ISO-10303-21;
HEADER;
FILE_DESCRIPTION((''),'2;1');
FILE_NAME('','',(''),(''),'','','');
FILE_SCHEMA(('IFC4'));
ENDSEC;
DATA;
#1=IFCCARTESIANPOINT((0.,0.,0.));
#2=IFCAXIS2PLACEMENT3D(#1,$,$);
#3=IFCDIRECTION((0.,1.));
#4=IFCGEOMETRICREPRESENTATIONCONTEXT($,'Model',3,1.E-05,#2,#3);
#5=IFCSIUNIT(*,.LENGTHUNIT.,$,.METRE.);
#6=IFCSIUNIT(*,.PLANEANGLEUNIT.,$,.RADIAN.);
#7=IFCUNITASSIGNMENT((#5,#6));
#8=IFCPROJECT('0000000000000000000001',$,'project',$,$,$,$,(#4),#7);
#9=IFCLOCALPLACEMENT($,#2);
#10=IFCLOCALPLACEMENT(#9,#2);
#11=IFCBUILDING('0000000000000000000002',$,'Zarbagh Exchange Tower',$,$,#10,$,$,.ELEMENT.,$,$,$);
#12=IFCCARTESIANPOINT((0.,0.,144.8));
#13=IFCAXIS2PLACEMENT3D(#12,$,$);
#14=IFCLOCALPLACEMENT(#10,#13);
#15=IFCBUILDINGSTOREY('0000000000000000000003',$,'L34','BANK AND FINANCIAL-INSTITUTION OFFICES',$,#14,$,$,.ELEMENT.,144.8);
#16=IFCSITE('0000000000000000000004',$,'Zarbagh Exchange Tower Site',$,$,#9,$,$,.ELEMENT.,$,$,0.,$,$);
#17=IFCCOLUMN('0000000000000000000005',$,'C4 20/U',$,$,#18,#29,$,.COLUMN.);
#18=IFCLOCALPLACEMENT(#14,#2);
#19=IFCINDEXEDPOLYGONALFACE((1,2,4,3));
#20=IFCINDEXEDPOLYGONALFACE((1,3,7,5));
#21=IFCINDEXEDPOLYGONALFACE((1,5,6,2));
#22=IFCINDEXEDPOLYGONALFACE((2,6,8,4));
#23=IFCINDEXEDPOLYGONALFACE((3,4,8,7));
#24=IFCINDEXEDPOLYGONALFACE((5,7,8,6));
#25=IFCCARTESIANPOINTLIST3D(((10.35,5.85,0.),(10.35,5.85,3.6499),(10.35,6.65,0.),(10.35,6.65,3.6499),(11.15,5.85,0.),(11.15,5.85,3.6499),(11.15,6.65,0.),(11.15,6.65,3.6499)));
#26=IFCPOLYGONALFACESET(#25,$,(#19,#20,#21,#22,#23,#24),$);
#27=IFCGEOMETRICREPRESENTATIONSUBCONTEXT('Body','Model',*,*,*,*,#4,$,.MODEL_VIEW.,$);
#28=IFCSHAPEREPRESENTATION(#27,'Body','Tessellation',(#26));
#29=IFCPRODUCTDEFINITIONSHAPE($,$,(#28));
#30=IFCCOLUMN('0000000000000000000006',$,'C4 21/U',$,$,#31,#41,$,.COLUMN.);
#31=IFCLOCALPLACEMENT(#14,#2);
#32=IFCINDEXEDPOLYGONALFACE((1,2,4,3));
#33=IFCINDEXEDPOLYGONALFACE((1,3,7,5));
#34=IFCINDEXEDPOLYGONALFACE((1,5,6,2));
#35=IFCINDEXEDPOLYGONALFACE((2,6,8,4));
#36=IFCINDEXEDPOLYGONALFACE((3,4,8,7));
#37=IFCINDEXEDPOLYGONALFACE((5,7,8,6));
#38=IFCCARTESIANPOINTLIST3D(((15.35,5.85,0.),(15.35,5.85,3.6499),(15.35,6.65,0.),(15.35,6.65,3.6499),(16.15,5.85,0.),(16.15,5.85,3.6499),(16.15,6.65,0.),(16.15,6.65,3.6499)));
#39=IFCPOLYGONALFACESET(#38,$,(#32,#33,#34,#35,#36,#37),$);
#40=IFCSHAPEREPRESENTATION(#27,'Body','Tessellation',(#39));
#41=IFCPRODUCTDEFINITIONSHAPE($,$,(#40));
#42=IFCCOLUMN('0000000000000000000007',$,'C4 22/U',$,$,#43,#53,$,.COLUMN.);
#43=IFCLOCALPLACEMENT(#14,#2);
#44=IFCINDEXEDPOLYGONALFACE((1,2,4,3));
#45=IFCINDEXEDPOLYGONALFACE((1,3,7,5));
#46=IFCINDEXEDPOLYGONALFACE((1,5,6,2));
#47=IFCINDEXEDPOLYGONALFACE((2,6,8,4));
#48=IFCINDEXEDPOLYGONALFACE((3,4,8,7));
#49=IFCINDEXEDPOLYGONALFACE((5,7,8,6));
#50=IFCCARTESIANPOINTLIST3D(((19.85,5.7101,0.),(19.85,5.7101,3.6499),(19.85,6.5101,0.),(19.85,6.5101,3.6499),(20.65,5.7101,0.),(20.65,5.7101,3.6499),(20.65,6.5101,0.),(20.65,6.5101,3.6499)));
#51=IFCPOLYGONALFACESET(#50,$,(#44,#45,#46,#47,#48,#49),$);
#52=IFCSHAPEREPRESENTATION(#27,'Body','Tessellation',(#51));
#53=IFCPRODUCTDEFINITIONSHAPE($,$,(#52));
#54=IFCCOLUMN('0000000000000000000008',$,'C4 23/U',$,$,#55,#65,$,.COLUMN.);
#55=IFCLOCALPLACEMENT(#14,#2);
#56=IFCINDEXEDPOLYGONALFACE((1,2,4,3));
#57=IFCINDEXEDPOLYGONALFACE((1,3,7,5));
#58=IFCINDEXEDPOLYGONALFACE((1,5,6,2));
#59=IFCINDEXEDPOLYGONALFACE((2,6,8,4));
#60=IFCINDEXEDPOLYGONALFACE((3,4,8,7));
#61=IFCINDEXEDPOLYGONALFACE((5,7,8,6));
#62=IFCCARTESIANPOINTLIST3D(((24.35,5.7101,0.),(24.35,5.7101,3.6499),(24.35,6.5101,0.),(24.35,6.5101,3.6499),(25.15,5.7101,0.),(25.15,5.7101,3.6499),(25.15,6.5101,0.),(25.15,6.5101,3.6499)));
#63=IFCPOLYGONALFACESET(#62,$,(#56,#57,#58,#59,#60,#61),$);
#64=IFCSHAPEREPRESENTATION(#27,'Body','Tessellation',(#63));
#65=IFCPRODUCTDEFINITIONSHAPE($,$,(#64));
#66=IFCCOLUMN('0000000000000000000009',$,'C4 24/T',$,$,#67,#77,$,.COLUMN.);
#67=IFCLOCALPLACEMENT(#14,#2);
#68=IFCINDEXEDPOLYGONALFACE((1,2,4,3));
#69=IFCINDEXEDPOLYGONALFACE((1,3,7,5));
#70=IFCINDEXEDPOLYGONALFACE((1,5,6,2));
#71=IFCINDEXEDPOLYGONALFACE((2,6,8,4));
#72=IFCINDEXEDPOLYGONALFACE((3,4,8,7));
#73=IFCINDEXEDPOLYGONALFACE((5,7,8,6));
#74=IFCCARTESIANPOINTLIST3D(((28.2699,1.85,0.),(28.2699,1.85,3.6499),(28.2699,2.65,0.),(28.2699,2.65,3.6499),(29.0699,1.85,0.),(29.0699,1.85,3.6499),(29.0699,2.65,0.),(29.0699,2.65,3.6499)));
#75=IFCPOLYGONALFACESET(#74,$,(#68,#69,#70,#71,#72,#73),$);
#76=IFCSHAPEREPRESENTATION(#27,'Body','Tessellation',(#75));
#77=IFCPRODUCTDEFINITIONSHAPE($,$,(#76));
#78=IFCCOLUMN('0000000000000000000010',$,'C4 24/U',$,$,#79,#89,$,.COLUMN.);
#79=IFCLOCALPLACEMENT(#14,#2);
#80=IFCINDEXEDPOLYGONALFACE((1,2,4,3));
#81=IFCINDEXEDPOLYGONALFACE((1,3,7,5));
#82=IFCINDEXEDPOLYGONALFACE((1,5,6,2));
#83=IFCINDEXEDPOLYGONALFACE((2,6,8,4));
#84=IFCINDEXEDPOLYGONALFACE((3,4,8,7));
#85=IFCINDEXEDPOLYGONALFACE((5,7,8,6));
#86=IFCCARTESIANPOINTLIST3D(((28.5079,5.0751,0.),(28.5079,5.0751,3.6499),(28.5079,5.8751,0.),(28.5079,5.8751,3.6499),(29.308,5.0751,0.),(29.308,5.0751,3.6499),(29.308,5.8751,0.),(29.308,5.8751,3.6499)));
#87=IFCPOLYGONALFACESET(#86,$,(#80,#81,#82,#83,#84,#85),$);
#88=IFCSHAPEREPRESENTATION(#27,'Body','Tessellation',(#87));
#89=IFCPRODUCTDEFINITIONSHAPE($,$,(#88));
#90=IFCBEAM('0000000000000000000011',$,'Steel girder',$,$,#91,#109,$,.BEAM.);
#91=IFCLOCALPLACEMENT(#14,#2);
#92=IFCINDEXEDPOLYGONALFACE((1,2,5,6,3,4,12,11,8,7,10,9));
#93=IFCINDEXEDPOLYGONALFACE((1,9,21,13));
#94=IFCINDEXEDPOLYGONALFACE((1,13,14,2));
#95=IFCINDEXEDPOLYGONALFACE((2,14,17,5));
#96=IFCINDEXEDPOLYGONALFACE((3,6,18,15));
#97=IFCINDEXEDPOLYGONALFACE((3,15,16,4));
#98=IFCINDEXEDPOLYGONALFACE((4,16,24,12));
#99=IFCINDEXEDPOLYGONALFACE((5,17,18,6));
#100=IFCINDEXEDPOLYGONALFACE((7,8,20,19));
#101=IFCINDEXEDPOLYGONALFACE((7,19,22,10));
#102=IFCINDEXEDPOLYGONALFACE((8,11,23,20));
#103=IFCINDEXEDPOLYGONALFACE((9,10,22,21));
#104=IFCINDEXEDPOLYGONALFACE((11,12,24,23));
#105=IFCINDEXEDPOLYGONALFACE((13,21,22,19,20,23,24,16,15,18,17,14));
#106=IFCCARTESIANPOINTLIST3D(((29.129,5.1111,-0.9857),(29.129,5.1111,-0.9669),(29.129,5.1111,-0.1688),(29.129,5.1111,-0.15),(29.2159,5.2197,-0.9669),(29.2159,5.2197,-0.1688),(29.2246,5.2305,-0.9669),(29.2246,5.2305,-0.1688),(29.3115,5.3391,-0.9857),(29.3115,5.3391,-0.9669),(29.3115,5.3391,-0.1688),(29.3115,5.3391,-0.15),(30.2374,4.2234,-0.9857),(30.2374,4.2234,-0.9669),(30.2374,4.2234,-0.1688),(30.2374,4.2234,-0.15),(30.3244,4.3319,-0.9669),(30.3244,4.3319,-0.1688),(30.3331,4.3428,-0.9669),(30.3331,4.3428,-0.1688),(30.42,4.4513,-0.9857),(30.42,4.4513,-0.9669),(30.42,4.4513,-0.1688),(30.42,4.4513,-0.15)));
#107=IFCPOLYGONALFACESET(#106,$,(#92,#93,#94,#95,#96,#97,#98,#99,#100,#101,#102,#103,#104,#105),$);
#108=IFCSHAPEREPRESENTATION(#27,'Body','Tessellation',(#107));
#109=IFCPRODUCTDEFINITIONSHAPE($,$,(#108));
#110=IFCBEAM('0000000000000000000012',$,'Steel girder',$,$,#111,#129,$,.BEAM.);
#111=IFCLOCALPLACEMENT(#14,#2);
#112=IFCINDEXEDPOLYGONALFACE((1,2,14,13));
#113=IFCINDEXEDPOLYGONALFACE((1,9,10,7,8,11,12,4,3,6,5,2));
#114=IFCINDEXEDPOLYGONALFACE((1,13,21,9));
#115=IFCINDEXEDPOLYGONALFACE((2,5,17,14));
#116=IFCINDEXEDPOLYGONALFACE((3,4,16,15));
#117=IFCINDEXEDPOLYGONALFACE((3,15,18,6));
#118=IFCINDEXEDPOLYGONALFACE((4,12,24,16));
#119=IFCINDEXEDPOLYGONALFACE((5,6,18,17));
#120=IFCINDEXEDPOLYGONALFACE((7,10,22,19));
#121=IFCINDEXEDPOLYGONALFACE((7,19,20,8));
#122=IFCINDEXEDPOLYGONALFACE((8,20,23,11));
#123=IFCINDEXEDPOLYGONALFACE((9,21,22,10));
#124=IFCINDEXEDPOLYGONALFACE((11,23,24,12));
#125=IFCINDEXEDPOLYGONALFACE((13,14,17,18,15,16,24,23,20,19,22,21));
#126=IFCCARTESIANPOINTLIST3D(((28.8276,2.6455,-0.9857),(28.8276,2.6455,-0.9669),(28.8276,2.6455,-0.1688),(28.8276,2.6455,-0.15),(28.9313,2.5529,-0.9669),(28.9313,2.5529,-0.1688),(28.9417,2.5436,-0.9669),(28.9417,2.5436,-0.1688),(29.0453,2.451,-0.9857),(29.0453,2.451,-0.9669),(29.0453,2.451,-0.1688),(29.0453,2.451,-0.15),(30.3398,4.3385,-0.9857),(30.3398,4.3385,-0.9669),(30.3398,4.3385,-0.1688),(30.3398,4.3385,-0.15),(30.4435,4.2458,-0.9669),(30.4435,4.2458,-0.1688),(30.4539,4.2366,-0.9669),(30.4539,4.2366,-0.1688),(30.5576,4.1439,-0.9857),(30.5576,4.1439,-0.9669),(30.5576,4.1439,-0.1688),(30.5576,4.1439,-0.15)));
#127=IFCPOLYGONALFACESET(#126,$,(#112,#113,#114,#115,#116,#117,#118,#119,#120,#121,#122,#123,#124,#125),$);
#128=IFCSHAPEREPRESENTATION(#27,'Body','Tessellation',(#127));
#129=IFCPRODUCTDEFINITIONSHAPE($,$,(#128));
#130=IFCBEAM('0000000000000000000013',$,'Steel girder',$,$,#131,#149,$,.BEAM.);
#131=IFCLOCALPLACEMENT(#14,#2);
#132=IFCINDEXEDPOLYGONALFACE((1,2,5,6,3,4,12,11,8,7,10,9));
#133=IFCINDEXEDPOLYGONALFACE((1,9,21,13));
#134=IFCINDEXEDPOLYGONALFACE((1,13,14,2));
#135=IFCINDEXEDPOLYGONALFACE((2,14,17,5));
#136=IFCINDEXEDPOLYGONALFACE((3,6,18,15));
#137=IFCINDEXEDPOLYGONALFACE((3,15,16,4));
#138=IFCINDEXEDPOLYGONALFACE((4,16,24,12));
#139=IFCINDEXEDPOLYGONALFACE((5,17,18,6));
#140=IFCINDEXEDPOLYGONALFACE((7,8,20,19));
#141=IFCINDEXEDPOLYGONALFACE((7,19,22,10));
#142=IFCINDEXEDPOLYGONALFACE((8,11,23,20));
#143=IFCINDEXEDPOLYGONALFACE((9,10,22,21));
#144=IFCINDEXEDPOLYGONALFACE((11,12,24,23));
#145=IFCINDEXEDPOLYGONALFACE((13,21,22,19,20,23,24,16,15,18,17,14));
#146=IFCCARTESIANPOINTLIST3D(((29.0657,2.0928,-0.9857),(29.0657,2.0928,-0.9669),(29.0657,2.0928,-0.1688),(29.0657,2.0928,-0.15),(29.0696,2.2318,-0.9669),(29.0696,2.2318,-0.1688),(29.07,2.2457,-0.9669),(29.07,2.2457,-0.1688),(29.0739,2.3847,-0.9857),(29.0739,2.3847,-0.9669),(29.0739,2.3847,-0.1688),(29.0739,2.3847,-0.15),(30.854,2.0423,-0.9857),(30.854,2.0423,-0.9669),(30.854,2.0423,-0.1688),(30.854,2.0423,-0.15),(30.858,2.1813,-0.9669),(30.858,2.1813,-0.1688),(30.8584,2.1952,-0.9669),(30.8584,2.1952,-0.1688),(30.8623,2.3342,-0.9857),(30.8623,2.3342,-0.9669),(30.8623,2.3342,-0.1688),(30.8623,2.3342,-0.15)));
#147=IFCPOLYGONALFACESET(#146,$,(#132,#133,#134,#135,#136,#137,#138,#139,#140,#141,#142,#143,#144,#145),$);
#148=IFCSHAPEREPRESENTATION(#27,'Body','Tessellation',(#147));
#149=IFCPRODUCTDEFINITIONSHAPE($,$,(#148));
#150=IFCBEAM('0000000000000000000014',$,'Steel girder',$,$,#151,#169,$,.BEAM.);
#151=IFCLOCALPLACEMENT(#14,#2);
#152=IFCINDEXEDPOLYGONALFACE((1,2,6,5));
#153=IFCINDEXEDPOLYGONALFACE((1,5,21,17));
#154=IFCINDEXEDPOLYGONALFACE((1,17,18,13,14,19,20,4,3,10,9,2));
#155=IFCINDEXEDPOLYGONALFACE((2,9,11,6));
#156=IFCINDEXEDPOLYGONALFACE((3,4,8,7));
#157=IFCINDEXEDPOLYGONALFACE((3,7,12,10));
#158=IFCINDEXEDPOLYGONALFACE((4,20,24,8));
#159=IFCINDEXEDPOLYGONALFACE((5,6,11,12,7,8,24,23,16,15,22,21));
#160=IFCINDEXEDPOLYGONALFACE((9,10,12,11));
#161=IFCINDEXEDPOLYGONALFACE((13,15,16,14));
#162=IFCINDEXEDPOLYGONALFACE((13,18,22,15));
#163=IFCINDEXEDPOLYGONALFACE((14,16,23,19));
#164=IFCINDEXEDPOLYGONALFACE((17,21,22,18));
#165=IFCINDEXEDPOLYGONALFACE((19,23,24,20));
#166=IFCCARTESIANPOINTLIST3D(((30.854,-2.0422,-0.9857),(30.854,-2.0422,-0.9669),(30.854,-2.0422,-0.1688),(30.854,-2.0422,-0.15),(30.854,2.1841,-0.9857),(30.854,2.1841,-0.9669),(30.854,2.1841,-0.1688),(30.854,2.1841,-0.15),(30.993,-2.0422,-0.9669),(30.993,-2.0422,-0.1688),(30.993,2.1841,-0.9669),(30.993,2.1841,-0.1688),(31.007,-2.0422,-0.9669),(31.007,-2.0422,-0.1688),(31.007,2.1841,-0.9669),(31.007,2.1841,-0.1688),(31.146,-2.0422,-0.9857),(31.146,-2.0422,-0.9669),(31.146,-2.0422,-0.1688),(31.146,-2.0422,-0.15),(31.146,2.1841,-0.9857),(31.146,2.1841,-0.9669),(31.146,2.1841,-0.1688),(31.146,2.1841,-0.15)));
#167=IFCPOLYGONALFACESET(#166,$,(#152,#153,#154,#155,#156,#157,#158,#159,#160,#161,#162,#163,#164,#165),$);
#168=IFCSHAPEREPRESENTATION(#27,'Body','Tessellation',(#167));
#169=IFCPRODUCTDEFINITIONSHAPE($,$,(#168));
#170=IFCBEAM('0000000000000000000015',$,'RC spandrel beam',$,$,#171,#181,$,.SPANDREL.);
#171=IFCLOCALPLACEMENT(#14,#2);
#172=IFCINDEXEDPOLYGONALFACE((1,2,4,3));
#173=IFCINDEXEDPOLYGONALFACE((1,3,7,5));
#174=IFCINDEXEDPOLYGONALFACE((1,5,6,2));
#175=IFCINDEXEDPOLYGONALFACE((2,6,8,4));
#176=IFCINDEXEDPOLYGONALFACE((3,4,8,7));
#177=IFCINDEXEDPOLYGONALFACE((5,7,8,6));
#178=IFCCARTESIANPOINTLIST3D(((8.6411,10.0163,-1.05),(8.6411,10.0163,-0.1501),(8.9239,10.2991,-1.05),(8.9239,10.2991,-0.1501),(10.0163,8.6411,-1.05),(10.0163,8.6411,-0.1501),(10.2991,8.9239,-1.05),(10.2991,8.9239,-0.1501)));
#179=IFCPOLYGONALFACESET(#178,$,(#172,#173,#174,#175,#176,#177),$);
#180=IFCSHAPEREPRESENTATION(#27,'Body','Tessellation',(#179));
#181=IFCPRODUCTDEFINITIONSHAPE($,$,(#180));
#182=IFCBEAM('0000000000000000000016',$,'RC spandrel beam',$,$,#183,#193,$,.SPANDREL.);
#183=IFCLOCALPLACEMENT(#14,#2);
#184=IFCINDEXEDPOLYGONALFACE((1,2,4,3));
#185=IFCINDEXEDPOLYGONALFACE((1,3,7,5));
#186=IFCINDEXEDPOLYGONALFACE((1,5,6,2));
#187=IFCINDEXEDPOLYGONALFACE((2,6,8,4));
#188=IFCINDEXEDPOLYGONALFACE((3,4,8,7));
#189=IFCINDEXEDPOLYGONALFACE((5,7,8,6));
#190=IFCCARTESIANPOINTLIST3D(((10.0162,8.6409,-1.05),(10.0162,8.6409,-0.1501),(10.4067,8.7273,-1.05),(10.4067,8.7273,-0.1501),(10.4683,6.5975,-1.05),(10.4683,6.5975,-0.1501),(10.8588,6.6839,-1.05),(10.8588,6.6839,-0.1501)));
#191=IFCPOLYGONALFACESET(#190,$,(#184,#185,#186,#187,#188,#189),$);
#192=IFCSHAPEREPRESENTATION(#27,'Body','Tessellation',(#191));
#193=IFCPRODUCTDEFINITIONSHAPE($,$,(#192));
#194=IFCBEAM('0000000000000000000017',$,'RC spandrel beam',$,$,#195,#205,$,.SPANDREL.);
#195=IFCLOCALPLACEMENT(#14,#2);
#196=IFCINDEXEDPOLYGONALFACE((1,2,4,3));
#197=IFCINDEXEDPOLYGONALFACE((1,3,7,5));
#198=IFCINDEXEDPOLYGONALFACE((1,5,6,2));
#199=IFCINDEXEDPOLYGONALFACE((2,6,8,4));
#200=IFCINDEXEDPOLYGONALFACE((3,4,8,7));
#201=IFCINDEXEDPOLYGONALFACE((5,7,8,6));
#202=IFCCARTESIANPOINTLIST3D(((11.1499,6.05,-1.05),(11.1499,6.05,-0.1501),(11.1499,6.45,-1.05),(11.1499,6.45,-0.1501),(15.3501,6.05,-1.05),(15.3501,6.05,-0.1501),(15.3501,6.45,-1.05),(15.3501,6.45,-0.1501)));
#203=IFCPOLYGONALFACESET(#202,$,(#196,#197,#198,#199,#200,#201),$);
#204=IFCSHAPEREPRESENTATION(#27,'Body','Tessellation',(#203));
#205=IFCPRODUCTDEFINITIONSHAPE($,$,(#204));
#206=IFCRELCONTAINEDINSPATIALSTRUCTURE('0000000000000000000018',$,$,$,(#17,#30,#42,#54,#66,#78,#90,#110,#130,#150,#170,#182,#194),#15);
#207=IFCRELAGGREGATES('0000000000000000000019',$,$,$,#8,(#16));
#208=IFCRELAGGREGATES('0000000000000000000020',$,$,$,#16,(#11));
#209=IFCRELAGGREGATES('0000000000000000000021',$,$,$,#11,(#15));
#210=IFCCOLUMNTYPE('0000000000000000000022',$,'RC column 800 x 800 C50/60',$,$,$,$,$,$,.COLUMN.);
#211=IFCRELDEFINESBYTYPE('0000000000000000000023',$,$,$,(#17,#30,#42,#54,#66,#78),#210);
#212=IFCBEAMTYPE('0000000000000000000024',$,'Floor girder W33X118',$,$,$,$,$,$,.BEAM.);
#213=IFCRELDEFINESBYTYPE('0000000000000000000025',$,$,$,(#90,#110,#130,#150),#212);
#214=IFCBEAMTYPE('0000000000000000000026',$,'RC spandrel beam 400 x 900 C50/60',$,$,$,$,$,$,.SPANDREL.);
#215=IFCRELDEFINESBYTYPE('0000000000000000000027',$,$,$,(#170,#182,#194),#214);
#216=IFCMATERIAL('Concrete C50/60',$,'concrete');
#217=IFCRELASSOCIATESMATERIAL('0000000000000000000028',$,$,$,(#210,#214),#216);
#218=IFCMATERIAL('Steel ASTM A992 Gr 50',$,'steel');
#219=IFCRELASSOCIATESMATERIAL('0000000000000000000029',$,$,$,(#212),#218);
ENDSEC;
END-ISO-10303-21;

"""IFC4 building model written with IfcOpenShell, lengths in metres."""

from ifc_helpers import new_model, si_unit, direction, frame, origin, origin_2d, place, context, subcontext, project, spatial, rectangle, i_section, extrude, material, material_profile, profile_set, type_object, element, save


model = new_model("IFC4")

# Units and contexts
model_context = context("Model", 3, precision=1e-05, world=origin(), true_north=direction((0.0, 1.0)))
body_context = subcontext(model_context, "Body", "Model", "MODEL_VIEW")
ifc_project = project(units=[si_unit("LENGTHUNIT", "METRE"), si_unit("PLANEANGLEUNIT", "RADIAN")], contexts=[model_context])

# Site, building, storey
site_placement = place(None, origin())
site = spatial("IfcSite", under=ifc_project, at=site_placement, Name="Zarbagh Exchange Tower Site", CompositionType="ELEMENT", RefElevation=0.0)
building_placement = place(site_placement, origin())
building = spatial("IfcBuilding", under=site, at=building_placement, Name="Zarbagh Exchange Tower", CompositionType="ELEMENT")
storey_placement = place(building_placement, frame((0.0, 0.0, 144.8)))
storey = spatial("IfcBuildingStorey", under=building, at=storey_placement, Name="L34", Description="BANK AND FINANCIAL-INSTITUTION OFFICES", CompositionType="ELEMENT", Elevation=144.8)

# Columns
ifc_material_1 = material(Name="Concrete C50/60", Category="concrete")
ifc_material_profile_1 = material_profile(ifc_material_1, rectangle(XDim=0.8, YDim=0.8, at=origin_2d()), Name="RC column 800 x 800 C50/60")
ifc_profile_set_1 = profile_set([ifc_material_profile_1], Name="Concrete C50/60")
column_type = type_object("IfcColumnType", Name="RC column 800 x 800 C50/60", PredefinedType="COLUMN", material=ifc_profile_set_1)
for number, where, z_axis, x_axis, name in (
    (1, (10.75, 6.25, 0.0), (0.0, 0.0, 1.0), (1.0, 0.0, 0.0), "C4 20/U"),
    (2, (15.75, 6.25, 0.0), (0.0, 0.0, 1.0), (1.0, 0.0, 0.0), "C4 21/U"),
    (3, (20.25, 6.1101, 0.0), (0.0, 0.0, 1.0), (1.0, 0.0, 0.0), "C4 22/U"),
    (4, (24.75, 6.1101, 0.0), (0.0, 0.0, 1.0), (1.0, 0.0, 0.0), "C4 23/U"),
    (5, (28.6699, 2.25, 0.0), (0.0, 0.0, 1.0), (1.0, 0.0, 0.0), "C4 24/T"),
    (6, (28.908, 5.4751, 0.0), (0.0, 0.0, 1.0), (1.0, 0.0, 0.0), "C4 24/U"),
):
    element("IfcColumn", number, at=place(storey_placement, frame(where, z_axis=z_axis, x_axis=x_axis)), inside=storey, type_object=column_type, Name=name, PredefinedType="COLUMN", context=body_context, shape_type="SweptSolid", body=[
        extrude(rectangle(XDim=0.8, YDim=0.8, at=origin_2d()), origin(), (0.0, 0.0, 1.0), 3.6499),
    ])

# Beams
ifc_material_2 = material(Name="Steel ASTM A992 Gr 50", Category="steel")
ifc_material_profile_2 = material_profile(ifc_material_2, i_section(OverallWidth=0.292, OverallDepth=0.8357, WebThickness=0.0139, FlangeThickness=0.0188, at=origin_2d()), Name="W33X118")
ifc_profile_set_2 = profile_set([ifc_material_profile_2], Name="Steel ASTM A992 Gr 50")
beam_type_1 = type_object("IfcBeamType", Name="Floor girder W33X118", PredefinedType="BEAM", material=ifc_profile_set_2)
beam_1_placement = place(storey_placement, frame((29.2202, 5.2251, -0.5679), z_axis=(0.780533, -0.625114, 0.0), x_axis=(0.625114, 0.780533, 0.0)))
element("IfcBeam", 7, at=beam_1_placement, inside=storey, type_object=beam_type_1, Name="Steel girder", PredefinedType="BEAM", context=body_context, shape_type="SweptSolid", body=[
    extrude(i_section(OverallWidth=0.292, OverallDepth=0.8357, WebThickness=0.0139, FlangeThickness=0.0188, at=origin_2d()), origin(), (0.0, 0.0, 1.0), 1.4202),
])
beam_2_placement = place(storey_placement, frame((30.4487, 4.2412, -0.5679), z_axis=(-0.666191, -0.745781, 0.0), x_axis=(0.745781, -0.666191, 0.0)))
element("IfcBeam", 8, at=beam_2_placement, inside=storey, type_object=beam_type_1, Name="Steel girder", PredefinedType="BEAM", context=body_context, shape_type="SweptSolid", body=[
    extrude(i_section(OverallWidth=0.292, OverallDepth=0.8357, WebThickness=0.0139, FlangeThickness=0.0188, at=origin_2d()), origin(), (0.0, 0.0, 1.0), 2.27),
])
beam_3_placement = place(storey_placement, frame((29.0698, 2.2388, -0.5679), z_axis=(0.999601, -0.028248, 0.0), x_axis=(0.028248, 0.999601, 0.0)))
element("IfcBeam", 9, at=beam_3_placement, inside=storey, type_object=beam_type_1, Name="Steel girder", PredefinedType="BEAM", context=body_context, shape_type="SweptSolid", body=[
    extrude(i_section(OverallWidth=0.292, OverallDepth=0.8357, WebThickness=0.0139, FlangeThickness=0.0188, at=origin_2d()), origin(), (0.0, 0.0, 1.0), 1.7891),
])
beam_4_placement = place(storey_placement, frame((31.0, 2.1841, -0.5679), z_axis=(0.0, -1.0, 0.0), x_axis=(1.0, 0.0, 0.0)))
element("IfcBeam", 10, at=beam_4_placement, inside=storey, type_object=beam_type_1, Name="Steel girder", PredefinedType="BEAM", context=body_context, shape_type="SweptSolid", body=[
    extrude(i_section(OverallWidth=0.292, OverallDepth=0.8357, WebThickness=0.0139, FlangeThickness=0.0188, at=origin_2d()), origin(), (0.0, 0.0, 1.0), 4.2263),
])
ifc_material_profile_3 = material_profile(ifc_material_1, rectangle(XDim=0.3999, YDim=0.8999, at=origin_2d()), Name="RC spandrel beam 400 x 900 C50/60")
ifc_profile_set_3 = profile_set([ifc_material_profile_3], Name="Concrete C50/60")
beam_type_2 = type_object("IfcBeamType", Name="RC spandrel beam 400 x 900 C50/60", PredefinedType="SPANDREL", material=ifc_profile_set_3)
beam_5_placement = place(storey_placement, frame((8.7825, 10.1577, -0.6001), z_axis=(0.707107, -0.707107, 0.0), x_axis=(0.707107, 0.707107, 0.0)))
element("IfcBeam", 11, at=beam_5_placement, inside=storey, type_object=beam_type_2, Name="RC spandrel beam", PredefinedType="SPANDREL", context=body_context, shape_type="SweptSolid", body=[
    extrude(rectangle(XDim=0.3999, YDim=0.8999, at=origin_2d()), origin(), (0.0, 0.0, 1.0), 1.9448),
])
beam_6_placement = place(storey_placement, frame((10.2114, 8.6841, -0.6001), z_axis=(0.216041, -0.976384, 0.0), x_axis=(0.976384, 0.216041, 0.0)))
element("IfcBeam", 12, at=beam_6_placement, inside=storey, type_object=beam_type_2, Name="RC spandrel beam", PredefinedType="SPANDREL", context=body_context, shape_type="SweptSolid", body=[
    extrude(rectangle(XDim=0.3999, YDim=0.8999, at=origin_2d()), origin(), (0.0, 0.0, 1.0), 2.0928),
])
beam_7_placement = place(storey_placement, frame((11.1499, 6.25, -0.6001), z_axis=(1.0, 0.0, 0.0), x_axis=(0.0, 1.0, 0.0)))
element("IfcBeam", 13, at=beam_7_placement, inside=storey, type_object=beam_type_2, Name="RC spandrel beam", PredefinedType="SPANDREL", context=body_context, shape_type="SweptSolid", body=[
    extrude(rectangle(XDim=0.3999, YDim=0.8999, at=origin_2d()), origin(), (0.0, 0.0, 1.0), 4.2002),
])

save(model, "model.ifc")
